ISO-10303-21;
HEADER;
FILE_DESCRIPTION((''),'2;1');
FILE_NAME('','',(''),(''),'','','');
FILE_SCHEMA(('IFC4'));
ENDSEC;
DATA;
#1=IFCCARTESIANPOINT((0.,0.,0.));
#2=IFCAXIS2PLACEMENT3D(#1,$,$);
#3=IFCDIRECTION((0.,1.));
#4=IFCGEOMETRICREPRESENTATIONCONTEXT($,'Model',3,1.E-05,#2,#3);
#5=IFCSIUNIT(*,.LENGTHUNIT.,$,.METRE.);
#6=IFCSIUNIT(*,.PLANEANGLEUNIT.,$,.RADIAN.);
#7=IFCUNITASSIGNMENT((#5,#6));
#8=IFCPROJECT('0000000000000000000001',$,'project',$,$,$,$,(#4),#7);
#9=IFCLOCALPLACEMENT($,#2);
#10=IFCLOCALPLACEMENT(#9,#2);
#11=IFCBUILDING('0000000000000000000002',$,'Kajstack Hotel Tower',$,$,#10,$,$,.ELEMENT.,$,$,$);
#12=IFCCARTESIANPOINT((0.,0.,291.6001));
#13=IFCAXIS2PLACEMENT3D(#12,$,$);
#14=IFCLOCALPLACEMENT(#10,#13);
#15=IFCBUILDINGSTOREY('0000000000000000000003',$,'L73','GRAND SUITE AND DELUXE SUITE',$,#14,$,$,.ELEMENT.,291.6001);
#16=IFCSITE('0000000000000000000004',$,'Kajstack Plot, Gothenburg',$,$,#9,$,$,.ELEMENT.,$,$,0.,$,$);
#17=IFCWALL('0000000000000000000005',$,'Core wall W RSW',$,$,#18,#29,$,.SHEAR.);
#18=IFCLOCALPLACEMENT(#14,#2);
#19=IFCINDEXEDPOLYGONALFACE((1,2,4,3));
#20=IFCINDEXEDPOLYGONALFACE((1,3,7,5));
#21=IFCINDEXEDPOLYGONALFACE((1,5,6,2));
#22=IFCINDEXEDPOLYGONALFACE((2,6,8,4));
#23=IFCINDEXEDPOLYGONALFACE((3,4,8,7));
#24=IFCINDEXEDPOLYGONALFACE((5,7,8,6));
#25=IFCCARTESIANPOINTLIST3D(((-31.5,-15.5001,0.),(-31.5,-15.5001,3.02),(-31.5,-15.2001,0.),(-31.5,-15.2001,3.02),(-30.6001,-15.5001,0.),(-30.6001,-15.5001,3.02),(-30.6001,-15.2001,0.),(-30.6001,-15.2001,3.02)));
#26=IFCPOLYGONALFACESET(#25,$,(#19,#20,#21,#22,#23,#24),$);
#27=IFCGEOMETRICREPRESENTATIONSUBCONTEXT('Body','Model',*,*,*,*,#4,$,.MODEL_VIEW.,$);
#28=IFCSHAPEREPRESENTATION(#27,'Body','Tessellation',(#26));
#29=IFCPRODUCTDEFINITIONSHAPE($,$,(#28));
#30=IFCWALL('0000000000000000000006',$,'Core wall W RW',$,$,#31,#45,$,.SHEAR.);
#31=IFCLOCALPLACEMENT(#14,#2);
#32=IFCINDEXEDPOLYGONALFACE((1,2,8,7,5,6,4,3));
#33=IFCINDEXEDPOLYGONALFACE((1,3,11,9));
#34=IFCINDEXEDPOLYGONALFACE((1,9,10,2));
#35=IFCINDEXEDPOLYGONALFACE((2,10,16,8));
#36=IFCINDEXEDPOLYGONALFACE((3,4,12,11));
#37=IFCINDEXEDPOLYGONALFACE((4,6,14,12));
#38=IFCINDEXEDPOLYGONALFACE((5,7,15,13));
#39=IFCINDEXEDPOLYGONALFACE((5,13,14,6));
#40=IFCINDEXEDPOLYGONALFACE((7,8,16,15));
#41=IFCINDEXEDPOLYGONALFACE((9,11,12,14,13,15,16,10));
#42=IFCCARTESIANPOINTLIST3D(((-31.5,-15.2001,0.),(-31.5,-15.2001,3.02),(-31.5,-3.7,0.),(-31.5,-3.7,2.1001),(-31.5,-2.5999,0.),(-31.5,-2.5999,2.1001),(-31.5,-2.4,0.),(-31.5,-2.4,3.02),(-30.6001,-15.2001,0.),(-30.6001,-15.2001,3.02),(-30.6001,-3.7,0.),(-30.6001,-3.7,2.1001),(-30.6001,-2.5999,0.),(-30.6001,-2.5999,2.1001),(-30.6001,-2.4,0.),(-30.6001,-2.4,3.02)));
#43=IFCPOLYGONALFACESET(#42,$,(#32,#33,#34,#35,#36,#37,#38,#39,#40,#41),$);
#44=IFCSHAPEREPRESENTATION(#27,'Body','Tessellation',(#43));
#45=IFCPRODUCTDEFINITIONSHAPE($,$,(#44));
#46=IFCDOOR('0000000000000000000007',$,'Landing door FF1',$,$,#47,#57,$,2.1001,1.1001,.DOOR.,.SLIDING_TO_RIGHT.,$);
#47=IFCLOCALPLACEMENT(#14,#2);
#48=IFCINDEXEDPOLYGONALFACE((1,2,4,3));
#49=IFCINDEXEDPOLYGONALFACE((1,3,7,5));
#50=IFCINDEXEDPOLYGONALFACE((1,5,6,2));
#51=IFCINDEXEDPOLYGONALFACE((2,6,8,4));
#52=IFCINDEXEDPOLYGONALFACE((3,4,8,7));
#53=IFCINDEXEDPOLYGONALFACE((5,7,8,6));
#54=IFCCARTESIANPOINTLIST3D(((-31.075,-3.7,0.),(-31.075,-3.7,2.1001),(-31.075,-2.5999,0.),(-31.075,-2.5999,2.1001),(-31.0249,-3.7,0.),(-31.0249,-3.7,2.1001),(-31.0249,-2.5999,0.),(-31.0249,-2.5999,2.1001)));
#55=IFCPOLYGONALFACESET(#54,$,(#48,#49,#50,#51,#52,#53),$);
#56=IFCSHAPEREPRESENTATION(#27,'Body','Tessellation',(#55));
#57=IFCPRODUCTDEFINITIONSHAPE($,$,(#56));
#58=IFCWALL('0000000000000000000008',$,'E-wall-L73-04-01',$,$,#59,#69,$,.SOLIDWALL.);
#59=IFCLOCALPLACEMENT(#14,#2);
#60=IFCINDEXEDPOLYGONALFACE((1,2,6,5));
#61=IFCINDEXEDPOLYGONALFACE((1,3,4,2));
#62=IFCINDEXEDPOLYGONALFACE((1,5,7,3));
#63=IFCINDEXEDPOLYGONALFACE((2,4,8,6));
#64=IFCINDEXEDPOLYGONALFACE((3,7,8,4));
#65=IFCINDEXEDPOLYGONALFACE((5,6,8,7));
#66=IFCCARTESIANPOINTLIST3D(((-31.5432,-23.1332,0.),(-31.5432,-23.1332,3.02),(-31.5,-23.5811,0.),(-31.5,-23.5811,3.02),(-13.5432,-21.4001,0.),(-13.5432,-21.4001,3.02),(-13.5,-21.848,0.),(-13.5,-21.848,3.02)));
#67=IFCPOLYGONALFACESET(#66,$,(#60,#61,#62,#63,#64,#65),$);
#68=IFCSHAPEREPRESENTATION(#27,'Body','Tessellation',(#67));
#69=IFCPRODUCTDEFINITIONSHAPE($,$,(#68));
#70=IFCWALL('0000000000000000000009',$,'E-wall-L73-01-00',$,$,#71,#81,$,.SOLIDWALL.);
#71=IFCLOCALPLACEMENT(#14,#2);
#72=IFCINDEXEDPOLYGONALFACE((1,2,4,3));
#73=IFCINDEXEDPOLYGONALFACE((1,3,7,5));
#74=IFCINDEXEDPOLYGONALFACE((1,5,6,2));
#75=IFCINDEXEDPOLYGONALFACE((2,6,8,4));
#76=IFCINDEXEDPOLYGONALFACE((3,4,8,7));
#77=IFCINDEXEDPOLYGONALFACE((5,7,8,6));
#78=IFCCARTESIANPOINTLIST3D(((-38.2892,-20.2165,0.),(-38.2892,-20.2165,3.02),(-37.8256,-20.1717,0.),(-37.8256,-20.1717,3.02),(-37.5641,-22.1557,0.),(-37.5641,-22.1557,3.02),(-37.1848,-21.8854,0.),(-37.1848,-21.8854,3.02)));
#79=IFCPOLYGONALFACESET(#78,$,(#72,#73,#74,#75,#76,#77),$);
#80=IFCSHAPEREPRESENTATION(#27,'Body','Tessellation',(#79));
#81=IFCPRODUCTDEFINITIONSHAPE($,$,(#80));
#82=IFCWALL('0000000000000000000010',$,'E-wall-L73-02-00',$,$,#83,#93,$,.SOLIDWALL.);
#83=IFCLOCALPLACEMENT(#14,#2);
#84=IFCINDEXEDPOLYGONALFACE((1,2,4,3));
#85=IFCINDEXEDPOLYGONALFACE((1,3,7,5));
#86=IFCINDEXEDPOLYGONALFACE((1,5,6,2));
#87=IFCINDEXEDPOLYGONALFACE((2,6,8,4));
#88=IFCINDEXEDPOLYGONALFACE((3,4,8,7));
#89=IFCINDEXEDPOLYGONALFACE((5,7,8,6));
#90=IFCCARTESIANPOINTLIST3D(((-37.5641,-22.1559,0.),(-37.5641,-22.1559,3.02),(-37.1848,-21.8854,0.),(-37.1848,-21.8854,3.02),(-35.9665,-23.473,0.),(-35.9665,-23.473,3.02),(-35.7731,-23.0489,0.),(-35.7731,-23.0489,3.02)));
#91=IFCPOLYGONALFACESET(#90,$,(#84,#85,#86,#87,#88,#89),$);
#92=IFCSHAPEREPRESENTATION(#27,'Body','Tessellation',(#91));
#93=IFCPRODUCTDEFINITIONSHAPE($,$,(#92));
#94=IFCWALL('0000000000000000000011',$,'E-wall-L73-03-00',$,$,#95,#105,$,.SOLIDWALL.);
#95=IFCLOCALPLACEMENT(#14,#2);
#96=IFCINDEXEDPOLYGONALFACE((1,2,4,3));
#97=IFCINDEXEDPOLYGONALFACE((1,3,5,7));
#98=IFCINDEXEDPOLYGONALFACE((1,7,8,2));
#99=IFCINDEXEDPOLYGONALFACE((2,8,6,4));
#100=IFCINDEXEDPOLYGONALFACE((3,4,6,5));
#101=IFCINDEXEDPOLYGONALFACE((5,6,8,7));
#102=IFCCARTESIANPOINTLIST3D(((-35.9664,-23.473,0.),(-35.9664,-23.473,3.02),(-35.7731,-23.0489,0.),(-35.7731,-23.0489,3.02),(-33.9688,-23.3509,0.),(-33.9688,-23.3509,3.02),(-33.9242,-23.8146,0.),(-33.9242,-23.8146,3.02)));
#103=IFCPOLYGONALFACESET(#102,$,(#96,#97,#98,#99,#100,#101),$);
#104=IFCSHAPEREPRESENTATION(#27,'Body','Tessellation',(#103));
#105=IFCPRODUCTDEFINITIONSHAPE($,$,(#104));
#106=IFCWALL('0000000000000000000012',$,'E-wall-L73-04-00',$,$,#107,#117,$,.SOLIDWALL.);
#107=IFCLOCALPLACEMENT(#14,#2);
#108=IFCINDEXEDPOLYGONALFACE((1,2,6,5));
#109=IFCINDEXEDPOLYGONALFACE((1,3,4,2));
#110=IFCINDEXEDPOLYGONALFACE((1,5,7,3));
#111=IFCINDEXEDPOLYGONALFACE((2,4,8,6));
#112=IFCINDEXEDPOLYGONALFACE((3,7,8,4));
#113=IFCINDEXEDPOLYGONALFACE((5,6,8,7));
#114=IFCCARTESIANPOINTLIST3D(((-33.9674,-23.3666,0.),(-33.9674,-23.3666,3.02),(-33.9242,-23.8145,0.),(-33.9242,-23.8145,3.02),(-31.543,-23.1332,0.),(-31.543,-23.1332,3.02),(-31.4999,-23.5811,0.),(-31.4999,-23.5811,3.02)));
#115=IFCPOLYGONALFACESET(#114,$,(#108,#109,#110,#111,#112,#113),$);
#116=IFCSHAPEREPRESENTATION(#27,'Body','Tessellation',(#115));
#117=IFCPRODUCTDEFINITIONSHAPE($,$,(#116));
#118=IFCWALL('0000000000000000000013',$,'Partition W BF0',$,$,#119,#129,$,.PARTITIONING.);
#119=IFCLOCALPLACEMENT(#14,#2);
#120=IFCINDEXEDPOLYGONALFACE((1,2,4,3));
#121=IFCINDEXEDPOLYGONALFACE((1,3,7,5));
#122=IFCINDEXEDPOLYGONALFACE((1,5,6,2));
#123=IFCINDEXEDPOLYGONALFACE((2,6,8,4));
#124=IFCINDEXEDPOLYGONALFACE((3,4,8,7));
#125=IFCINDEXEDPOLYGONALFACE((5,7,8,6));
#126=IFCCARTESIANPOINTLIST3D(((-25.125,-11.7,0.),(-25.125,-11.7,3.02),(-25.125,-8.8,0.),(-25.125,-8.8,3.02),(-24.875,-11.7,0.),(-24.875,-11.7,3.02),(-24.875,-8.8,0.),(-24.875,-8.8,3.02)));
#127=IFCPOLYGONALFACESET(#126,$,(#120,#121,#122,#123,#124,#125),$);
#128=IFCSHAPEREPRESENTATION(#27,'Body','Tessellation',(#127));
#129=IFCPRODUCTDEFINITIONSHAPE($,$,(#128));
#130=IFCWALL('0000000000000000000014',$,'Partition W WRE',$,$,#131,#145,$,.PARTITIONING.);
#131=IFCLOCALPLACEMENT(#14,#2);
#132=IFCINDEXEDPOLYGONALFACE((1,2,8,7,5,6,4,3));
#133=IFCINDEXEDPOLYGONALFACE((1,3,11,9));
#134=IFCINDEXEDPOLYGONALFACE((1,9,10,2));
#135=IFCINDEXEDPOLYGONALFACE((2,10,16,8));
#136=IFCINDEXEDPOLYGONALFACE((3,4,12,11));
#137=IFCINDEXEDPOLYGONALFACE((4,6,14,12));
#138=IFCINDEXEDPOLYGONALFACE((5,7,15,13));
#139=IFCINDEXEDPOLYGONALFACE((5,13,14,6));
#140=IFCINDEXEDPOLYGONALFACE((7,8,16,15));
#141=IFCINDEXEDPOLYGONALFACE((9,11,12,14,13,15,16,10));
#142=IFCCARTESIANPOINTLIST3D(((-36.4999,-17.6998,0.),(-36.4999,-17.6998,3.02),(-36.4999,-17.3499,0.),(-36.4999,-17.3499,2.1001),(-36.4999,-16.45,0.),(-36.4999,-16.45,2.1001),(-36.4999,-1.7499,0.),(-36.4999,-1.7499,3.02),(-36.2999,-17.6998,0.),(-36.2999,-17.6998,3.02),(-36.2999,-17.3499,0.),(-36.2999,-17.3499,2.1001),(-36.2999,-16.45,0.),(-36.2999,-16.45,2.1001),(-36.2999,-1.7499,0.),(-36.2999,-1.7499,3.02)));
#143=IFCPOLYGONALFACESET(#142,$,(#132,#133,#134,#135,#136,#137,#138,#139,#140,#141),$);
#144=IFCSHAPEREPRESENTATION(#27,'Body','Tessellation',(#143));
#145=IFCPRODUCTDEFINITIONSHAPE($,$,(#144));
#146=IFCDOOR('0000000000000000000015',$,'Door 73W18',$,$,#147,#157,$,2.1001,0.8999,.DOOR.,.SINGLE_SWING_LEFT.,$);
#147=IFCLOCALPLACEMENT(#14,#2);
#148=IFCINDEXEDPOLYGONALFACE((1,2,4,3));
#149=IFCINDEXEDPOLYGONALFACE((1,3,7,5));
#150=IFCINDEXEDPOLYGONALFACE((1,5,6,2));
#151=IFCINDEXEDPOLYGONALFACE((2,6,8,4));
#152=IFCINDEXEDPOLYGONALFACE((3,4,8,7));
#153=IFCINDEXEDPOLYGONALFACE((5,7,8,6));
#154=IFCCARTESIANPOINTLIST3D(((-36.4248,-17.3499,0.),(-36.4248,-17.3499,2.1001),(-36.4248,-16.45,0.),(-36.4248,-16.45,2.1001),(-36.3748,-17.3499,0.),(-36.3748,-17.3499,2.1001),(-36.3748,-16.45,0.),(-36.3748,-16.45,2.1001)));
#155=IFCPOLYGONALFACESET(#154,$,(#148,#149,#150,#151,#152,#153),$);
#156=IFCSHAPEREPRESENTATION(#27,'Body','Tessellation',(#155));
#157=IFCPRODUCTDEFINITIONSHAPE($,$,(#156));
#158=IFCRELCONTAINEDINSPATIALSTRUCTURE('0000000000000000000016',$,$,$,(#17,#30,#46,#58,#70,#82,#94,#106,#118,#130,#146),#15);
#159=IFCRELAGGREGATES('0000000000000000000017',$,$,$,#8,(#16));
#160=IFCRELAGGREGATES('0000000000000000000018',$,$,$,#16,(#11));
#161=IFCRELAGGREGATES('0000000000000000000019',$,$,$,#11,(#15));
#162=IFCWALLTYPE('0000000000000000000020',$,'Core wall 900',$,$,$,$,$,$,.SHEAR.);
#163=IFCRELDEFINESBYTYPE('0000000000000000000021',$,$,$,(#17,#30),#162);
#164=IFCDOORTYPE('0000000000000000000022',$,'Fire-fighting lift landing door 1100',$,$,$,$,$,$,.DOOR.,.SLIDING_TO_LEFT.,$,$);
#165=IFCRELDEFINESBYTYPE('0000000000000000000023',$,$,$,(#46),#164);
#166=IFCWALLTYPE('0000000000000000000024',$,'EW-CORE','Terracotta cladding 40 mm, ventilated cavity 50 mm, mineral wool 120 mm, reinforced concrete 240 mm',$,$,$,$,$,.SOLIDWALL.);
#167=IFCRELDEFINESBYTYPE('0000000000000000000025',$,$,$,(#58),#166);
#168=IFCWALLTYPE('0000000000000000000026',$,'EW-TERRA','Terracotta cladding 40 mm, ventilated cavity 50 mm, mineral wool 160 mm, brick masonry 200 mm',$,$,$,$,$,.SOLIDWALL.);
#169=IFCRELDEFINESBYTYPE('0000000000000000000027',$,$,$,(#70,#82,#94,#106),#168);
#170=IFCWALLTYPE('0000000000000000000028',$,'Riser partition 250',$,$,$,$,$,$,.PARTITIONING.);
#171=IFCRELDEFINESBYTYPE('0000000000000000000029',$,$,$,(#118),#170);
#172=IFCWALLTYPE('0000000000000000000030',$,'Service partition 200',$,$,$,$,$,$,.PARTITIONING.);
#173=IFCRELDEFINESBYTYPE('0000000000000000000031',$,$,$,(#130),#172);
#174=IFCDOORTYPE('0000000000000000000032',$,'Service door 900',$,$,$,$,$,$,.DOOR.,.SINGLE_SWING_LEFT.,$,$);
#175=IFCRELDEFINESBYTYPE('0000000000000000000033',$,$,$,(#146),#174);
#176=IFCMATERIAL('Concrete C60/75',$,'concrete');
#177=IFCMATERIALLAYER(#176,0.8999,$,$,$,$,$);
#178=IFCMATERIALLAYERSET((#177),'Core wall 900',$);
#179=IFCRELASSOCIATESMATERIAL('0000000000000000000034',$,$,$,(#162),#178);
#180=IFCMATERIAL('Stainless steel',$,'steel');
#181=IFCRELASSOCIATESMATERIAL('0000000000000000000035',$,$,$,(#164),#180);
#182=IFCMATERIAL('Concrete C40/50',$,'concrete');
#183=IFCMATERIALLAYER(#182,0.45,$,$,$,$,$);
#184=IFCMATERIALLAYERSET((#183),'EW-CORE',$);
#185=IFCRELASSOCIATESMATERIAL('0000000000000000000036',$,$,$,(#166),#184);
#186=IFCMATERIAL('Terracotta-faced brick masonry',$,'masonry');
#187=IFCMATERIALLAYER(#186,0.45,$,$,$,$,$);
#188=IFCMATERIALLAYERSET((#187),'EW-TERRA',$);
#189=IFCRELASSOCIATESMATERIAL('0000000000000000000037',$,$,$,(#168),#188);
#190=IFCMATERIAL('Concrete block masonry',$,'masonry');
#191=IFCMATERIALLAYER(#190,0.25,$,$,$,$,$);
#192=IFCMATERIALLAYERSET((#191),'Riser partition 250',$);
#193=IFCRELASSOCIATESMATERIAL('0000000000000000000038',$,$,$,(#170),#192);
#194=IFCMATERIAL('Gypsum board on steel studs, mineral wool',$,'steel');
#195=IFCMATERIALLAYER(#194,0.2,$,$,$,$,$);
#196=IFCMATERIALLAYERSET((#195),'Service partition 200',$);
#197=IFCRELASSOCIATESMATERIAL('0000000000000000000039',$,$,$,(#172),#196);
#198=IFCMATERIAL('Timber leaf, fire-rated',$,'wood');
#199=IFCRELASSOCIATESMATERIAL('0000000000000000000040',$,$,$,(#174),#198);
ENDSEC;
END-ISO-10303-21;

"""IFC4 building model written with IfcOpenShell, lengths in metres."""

from ifc_helpers import new_model, si_unit, direction, frame, frame_2d, origin, place, context, subcontext, project, spatial, polyline, rectangle, outline, extrude, material, layer, layer_set, type_object, element, fill, save


model = new_model("IFC4")

# Units and contexts
model_context = context("Model", 3, precision=1e-05, world=origin(), true_north=direction((0.0, 1.0)))
body_context = subcontext(model_context, "Body", "Model", "MODEL_VIEW")
ifc_project = project(units=[si_unit("LENGTHUNIT", "METRE"), si_unit("PLANEANGLEUNIT", "RADIAN")], contexts=[model_context])

# Site, building, storey
site_placement = place(None, origin())
site = spatial("IfcSite", under=ifc_project, at=site_placement, Name="Kajstack Plot, Gothenburg", CompositionType="ELEMENT", RefElevation=0.0)
building_placement = place(site_placement, origin())
building = spatial("IfcBuilding", under=site, at=building_placement, Name="Kajstack Hotel Tower", CompositionType="ELEMENT")
storey_placement = place(building_placement, frame((0.0, 0.0, 291.6001)))
storey = spatial("IfcBuildingStorey", under=building, at=storey_placement, Name="L73", Description="GRAND SUITE AND DELUXE SUITE", CompositionType="ELEMENT", Elevation=291.6001)

# Wall
ifc_material_1 = material(Name="Concrete C60/75", Category="concrete")
ifc_layer_1 = layer(ifc_material_1, 0.8999)
ifc_layer_set_1 = layer_set([ifc_layer_1], Name="Core wall 900")
wall_type_1 = type_object("IfcWallType", Name="Core wall 900", PredefinedType="SHEAR", material=ifc_layer_set_1)
wall_1_placement = place(storey_placement, frame((-31.5, -15.3501, 0.0), z_axis=(0.0, 0.0, 1.0), x_axis=(1.0, 0.0, 0.0)))
element("IfcWall", 1, at=wall_1_placement, inside=storey, type_object=wall_type_1, Name="Core wall W RSW", PredefinedType="SHEAR", context=body_context, shape_type="SweptSolid", body=[
    extrude(rectangle(XDim=0.8999, YDim=0.3, at=frame_2d((0.45, 0.0))), origin(), (0.0, 0.0, 1.0), 3.02),
])

# Wall, opening, door
wall_2_placement = place(storey_placement, frame((-31.05, -15.2, 0.0), z_axis=(0.0, 0.0, 1.0), x_axis=(0.0, 1.0, 0.0)))
wall_2 = element("IfcWall", 2, at=wall_2_placement, inside=storey, type_object=wall_type_1, Name="Core wall W RW", PredefinedType="SHEAR", context=body_context, shape_type="SweptSolid", body=[
    extrude(rectangle(XDim=12.8, YDim=0.8999, at=frame_2d((6.3999, 0.0))), origin(), (0.0, 0.0, 1.0), 3.02),
])
opening_1_placement = place(wall_2_placement, frame((11.5, 0.0, 0.0)))
opening_1 = element("IfcOpeningElement", 3, at=opening_1_placement, cuts=wall_2, PredefinedType="OPENING", context=body_context, shape_type="SweptSolid", body=[
    extrude(rectangle(XDim=1.1001, YDim=2.1001, at=frame_2d((0.55, 1.05))), frame((0.0, 0.46, 0.0), z_axis=(0.0, -1.0, 0.0), x_axis=(1.0, 0.0, 0.0)), (0.0, 0.0, 1.0), 0.9199),
])
ifc_material_2 = material(Name="Stainless steel", Category="steel")
door_type_1 = type_object("IfcDoorType", Name="Fire-fighting lift landing door 1100", OperationType="SLIDING_TO_LEFT", PredefinedType="DOOR", material=ifc_material_2)
door_1_placement = place(opening_1_placement, origin())
door_1 = element("IfcDoor", 4, at=door_1_placement, inside=storey, type_object=door_type_1, Name="Landing door FF1", OperationType="SLIDING_TO_RIGHT", OverallHeight=2.1001, OverallWidth=1.1001, PredefinedType="DOOR", context=body_context, shape_type="SweptSolid", body=[
    extrude(rectangle(XDim=1.1001, YDim=2.1001, at=frame_2d((0.55, 1.05))), frame((0.0, 0.0249, 0.0), z_axis=(0.0, -1.0, 0.0), x_axis=(1.0, 0.0, 0.0)), (0.0, 0.0, 1.0), 0.05),
])
fill(opening_1, door_1)

# Walls
ifc_material_3 = material(Name="Concrete C40/50", Category="concrete")
ifc_layer_2 = layer(ifc_material_3, 0.45)
ifc_layer_set_2 = layer_set([ifc_layer_2], Name="EW-CORE")
wall_type_2 = type_object("IfcWallType", Name="EW-CORE", Description="Terracotta cladding 40 mm, ventilated cavity 50 mm, mineral wool 120 mm, reinforced concrete 240 mm", PredefinedType="SOLIDWALL", material=ifc_layer_set_2)
wall_3_placement = place(storey_placement, frame((-31.5215, -23.3572, 0.0), z_axis=(0.0, 0.0, 1.0), x_axis=(0.995396, 0.095843, 0.0)))
element("IfcWall", 5, at=wall_3_placement, inside=storey, type_object=wall_type_2, Name="E-wall-L73-04-01", PredefinedType="SOLIDWALL", context=body_context, shape_type="SweptSolid", body=[
    extrude(rectangle(XDim=18.0833, YDim=0.45, at=frame_2d((9.0415, 0.0))), origin(), (0.0, 0.0, 1.0), 3.02),
])
ifc_material_4 = material(Name="Terracotta-faced brick masonry", Category="masonry")
ifc_layer_3 = layer(ifc_material_4, 0.45)
ifc_layer_set_3 = layer_set([ifc_layer_3], Name="EW-TERRA")
wall_type_3 = type_object("IfcWallType", Name="EW-TERRA", Description="Terracotta cladding 40 mm, ventilated cavity 50 mm, mineral wool 160 mm, brick masonry 200 mm", PredefinedType="SOLIDWALL", material=ifc_layer_set_3)
wall_4_placement = place(storey_placement, frame((-38.0784, -20.1377, 0.0), z_axis=(0.0, 0.0, 1.0), x_axis=(0.350232, -0.936663, 0.0)))
element("IfcWall", 6, at=wall_4_placement, inside=storey, type_object=wall_type_3, Name="E-wall-L73-01-00", PredefinedType="SOLIDWALL", context=body_context, shape_type="SweptSolid", body=[
    extrude(outline(polyline([(0.0, -0.2251), (2.0703, -0.2251), (1.95, 0.2249), (0.1204, 0.2249), (0.0, -0.2251)])), origin(), (0.0, 0.0, 1.0), 3.02),
])
wall_5_placement = place(storey_placement, frame((-37.4209, -21.9822, 0.0), z_axis=(0.0, 0.0, 1.0), x_axis=(0.771593, -0.636116, 0.0)))
element("IfcWall", 7, at=wall_5_placement, inside=storey, type_object=wall_type_3, Name="E-wall-L73-02-00", PredefinedType="SOLIDWALL", context=body_context, shape_type="SweptSolid", body=[
    extrude(outline(polyline([(0.0, -0.2251), (2.0706, -0.2251), (1.95, 0.2251), (0.1206, 0.2249), (0.0, -0.2251)])), origin(), (0.0, 0.0, 1.0), 3.02),
])
wall_6_placement = place(storey_placement, frame((-35.9292, -23.251, 0.0), z_axis=(0.0, 0.0, 1.0), x_axis=(0.986279, -0.165087, 0.0)))
element("IfcWall", 8, at=wall_6_placement, inside=storey, type_object=wall_type_3, Name="E-wall-L73-03-00", PredefinedType="SOLIDWALL", context=body_context, shape_type="SweptSolid", body=[
    extrude(outline(polyline([(0.0, -0.2251), (2.0706, -0.2249), (1.95, 0.2251), (0.1206, 0.2251), (0.0, -0.2251)])), origin(), (0.0, 0.0, 1.0), 3.02),
])
wall_7_placement = place(storey_placement, frame((-33.9458, -23.5906, 0.0), z_axis=(0.0, 0.0, 1.0), x_axis=(0.995398, 0.095831, 0.0)))
element("IfcWall", 9, at=wall_7_placement, inside=storey, type_object=wall_type_3, Name="E-wall-L73-04-00", PredefinedType="SOLIDWALL", context=body_context, shape_type="SweptSolid", body=[
    extrude(rectangle(XDim=2.4355, YDim=0.45, at=frame_2d((1.2178, 0.0))), origin(), (0.0, 0.0, 1.0), 3.02),
])
ifc_material_5 = material(Name="Concrete block masonry", Category="masonry")
ifc_layer_4 = layer(ifc_material_5, 0.25)
ifc_layer_set_4 = layer_set([ifc_layer_4], Name="Riser partition 250")
wall_type_4 = type_object("IfcWallType", Name="Riser partition 250", PredefinedType="PARTITIONING", material=ifc_layer_set_4)
wall_8_placement = place(storey_placement, frame((-25.0, -11.7, 0.0), z_axis=(0.0, 0.0, 1.0), x_axis=(0.0, 1.0, 0.0)))
element("IfcWall", 10, at=wall_8_placement, inside=storey, type_object=wall_type_4, Name="Partition W BF0", PredefinedType="PARTITIONING", context=body_context, shape_type="SweptSolid", body=[
    extrude(rectangle(XDim=2.8999, YDim=0.25, at=frame_2d((1.45, 0.0))), origin(), (0.0, 0.0, 1.0), 3.02),
])

# Wall, opening, door
ifc_material_6 = material(Name="Gypsum board on steel studs, mineral wool", Category="steel")
ifc_layer_5 = layer(ifc_material_6, 0.2)
ifc_layer_set_5 = layer_set([ifc_layer_5], Name="Service partition 200")
wall_type_5 = type_object("IfcWallType", Name="Service partition 200", PredefinedType="PARTITIONING", material=ifc_layer_set_5)
wall_9_placement = place(storey_placement, frame((-36.3999, -17.7, 0.0), z_axis=(0.0, 0.0, 1.0), x_axis=(0.0, 1.0, 0.0)))
wall_9 = element("IfcWall", 11, at=wall_9_placement, inside=storey, type_object=wall_type_5, Name="Partition W WRE", PredefinedType="PARTITIONING", context=body_context, shape_type="SweptSolid", body=[
    extrude(rectangle(XDim=15.95, YDim=0.2, at=frame_2d((7.9751, 0.0))), origin(), (0.0, 0.0, 1.0), 3.02),
])
opening_2_placement = place(wall_9_placement, frame((0.3501, 0.0, 0.0)))
opening_2 = element("IfcOpeningElement", 12, at=opening_2_placement, cuts=wall_9, PredefinedType="OPENING", context=body_context, shape_type="SweptSolid", body=[
    extrude(rectangle(XDim=0.8999, YDim=2.1001, at=frame_2d((0.45, 1.05))), frame((0.0, 0.1099, 0.0), z_axis=(0.0, -1.0, 0.0), x_axis=(1.0, 0.0, 0.0)), (0.0, 0.0, 1.0), 0.22),
])
ifc_material_7 = material(Name="Timber leaf, fire-rated", Category="wood")
door_type_2 = type_object("IfcDoorType", Name="Service door 900", OperationType="SINGLE_SWING_LEFT", PredefinedType="DOOR", material=ifc_material_7)
door_2_placement = place(opening_2_placement, origin())
door_2 = element("IfcDoor", 13, at=door_2_placement, inside=storey, type_object=door_type_2, Name="Door 73W18", OperationType="SINGLE_SWING_LEFT", OverallHeight=2.1001, OverallWidth=0.8999, PredefinedType="DOOR", context=body_context, shape_type="SweptSolid", body=[
    extrude(rectangle(XDim=0.8999, YDim=2.1001, at=frame_2d((0.45, 1.05))), frame((0.0, 0.0249, 0.0), z_axis=(0.0, -1.0, 0.0), x_axis=(1.0, 0.0, 0.0)), (0.0, 0.0, 1.0), 0.05),
])
fill(opening_2, door_2)

save(model, "model.ifc")
